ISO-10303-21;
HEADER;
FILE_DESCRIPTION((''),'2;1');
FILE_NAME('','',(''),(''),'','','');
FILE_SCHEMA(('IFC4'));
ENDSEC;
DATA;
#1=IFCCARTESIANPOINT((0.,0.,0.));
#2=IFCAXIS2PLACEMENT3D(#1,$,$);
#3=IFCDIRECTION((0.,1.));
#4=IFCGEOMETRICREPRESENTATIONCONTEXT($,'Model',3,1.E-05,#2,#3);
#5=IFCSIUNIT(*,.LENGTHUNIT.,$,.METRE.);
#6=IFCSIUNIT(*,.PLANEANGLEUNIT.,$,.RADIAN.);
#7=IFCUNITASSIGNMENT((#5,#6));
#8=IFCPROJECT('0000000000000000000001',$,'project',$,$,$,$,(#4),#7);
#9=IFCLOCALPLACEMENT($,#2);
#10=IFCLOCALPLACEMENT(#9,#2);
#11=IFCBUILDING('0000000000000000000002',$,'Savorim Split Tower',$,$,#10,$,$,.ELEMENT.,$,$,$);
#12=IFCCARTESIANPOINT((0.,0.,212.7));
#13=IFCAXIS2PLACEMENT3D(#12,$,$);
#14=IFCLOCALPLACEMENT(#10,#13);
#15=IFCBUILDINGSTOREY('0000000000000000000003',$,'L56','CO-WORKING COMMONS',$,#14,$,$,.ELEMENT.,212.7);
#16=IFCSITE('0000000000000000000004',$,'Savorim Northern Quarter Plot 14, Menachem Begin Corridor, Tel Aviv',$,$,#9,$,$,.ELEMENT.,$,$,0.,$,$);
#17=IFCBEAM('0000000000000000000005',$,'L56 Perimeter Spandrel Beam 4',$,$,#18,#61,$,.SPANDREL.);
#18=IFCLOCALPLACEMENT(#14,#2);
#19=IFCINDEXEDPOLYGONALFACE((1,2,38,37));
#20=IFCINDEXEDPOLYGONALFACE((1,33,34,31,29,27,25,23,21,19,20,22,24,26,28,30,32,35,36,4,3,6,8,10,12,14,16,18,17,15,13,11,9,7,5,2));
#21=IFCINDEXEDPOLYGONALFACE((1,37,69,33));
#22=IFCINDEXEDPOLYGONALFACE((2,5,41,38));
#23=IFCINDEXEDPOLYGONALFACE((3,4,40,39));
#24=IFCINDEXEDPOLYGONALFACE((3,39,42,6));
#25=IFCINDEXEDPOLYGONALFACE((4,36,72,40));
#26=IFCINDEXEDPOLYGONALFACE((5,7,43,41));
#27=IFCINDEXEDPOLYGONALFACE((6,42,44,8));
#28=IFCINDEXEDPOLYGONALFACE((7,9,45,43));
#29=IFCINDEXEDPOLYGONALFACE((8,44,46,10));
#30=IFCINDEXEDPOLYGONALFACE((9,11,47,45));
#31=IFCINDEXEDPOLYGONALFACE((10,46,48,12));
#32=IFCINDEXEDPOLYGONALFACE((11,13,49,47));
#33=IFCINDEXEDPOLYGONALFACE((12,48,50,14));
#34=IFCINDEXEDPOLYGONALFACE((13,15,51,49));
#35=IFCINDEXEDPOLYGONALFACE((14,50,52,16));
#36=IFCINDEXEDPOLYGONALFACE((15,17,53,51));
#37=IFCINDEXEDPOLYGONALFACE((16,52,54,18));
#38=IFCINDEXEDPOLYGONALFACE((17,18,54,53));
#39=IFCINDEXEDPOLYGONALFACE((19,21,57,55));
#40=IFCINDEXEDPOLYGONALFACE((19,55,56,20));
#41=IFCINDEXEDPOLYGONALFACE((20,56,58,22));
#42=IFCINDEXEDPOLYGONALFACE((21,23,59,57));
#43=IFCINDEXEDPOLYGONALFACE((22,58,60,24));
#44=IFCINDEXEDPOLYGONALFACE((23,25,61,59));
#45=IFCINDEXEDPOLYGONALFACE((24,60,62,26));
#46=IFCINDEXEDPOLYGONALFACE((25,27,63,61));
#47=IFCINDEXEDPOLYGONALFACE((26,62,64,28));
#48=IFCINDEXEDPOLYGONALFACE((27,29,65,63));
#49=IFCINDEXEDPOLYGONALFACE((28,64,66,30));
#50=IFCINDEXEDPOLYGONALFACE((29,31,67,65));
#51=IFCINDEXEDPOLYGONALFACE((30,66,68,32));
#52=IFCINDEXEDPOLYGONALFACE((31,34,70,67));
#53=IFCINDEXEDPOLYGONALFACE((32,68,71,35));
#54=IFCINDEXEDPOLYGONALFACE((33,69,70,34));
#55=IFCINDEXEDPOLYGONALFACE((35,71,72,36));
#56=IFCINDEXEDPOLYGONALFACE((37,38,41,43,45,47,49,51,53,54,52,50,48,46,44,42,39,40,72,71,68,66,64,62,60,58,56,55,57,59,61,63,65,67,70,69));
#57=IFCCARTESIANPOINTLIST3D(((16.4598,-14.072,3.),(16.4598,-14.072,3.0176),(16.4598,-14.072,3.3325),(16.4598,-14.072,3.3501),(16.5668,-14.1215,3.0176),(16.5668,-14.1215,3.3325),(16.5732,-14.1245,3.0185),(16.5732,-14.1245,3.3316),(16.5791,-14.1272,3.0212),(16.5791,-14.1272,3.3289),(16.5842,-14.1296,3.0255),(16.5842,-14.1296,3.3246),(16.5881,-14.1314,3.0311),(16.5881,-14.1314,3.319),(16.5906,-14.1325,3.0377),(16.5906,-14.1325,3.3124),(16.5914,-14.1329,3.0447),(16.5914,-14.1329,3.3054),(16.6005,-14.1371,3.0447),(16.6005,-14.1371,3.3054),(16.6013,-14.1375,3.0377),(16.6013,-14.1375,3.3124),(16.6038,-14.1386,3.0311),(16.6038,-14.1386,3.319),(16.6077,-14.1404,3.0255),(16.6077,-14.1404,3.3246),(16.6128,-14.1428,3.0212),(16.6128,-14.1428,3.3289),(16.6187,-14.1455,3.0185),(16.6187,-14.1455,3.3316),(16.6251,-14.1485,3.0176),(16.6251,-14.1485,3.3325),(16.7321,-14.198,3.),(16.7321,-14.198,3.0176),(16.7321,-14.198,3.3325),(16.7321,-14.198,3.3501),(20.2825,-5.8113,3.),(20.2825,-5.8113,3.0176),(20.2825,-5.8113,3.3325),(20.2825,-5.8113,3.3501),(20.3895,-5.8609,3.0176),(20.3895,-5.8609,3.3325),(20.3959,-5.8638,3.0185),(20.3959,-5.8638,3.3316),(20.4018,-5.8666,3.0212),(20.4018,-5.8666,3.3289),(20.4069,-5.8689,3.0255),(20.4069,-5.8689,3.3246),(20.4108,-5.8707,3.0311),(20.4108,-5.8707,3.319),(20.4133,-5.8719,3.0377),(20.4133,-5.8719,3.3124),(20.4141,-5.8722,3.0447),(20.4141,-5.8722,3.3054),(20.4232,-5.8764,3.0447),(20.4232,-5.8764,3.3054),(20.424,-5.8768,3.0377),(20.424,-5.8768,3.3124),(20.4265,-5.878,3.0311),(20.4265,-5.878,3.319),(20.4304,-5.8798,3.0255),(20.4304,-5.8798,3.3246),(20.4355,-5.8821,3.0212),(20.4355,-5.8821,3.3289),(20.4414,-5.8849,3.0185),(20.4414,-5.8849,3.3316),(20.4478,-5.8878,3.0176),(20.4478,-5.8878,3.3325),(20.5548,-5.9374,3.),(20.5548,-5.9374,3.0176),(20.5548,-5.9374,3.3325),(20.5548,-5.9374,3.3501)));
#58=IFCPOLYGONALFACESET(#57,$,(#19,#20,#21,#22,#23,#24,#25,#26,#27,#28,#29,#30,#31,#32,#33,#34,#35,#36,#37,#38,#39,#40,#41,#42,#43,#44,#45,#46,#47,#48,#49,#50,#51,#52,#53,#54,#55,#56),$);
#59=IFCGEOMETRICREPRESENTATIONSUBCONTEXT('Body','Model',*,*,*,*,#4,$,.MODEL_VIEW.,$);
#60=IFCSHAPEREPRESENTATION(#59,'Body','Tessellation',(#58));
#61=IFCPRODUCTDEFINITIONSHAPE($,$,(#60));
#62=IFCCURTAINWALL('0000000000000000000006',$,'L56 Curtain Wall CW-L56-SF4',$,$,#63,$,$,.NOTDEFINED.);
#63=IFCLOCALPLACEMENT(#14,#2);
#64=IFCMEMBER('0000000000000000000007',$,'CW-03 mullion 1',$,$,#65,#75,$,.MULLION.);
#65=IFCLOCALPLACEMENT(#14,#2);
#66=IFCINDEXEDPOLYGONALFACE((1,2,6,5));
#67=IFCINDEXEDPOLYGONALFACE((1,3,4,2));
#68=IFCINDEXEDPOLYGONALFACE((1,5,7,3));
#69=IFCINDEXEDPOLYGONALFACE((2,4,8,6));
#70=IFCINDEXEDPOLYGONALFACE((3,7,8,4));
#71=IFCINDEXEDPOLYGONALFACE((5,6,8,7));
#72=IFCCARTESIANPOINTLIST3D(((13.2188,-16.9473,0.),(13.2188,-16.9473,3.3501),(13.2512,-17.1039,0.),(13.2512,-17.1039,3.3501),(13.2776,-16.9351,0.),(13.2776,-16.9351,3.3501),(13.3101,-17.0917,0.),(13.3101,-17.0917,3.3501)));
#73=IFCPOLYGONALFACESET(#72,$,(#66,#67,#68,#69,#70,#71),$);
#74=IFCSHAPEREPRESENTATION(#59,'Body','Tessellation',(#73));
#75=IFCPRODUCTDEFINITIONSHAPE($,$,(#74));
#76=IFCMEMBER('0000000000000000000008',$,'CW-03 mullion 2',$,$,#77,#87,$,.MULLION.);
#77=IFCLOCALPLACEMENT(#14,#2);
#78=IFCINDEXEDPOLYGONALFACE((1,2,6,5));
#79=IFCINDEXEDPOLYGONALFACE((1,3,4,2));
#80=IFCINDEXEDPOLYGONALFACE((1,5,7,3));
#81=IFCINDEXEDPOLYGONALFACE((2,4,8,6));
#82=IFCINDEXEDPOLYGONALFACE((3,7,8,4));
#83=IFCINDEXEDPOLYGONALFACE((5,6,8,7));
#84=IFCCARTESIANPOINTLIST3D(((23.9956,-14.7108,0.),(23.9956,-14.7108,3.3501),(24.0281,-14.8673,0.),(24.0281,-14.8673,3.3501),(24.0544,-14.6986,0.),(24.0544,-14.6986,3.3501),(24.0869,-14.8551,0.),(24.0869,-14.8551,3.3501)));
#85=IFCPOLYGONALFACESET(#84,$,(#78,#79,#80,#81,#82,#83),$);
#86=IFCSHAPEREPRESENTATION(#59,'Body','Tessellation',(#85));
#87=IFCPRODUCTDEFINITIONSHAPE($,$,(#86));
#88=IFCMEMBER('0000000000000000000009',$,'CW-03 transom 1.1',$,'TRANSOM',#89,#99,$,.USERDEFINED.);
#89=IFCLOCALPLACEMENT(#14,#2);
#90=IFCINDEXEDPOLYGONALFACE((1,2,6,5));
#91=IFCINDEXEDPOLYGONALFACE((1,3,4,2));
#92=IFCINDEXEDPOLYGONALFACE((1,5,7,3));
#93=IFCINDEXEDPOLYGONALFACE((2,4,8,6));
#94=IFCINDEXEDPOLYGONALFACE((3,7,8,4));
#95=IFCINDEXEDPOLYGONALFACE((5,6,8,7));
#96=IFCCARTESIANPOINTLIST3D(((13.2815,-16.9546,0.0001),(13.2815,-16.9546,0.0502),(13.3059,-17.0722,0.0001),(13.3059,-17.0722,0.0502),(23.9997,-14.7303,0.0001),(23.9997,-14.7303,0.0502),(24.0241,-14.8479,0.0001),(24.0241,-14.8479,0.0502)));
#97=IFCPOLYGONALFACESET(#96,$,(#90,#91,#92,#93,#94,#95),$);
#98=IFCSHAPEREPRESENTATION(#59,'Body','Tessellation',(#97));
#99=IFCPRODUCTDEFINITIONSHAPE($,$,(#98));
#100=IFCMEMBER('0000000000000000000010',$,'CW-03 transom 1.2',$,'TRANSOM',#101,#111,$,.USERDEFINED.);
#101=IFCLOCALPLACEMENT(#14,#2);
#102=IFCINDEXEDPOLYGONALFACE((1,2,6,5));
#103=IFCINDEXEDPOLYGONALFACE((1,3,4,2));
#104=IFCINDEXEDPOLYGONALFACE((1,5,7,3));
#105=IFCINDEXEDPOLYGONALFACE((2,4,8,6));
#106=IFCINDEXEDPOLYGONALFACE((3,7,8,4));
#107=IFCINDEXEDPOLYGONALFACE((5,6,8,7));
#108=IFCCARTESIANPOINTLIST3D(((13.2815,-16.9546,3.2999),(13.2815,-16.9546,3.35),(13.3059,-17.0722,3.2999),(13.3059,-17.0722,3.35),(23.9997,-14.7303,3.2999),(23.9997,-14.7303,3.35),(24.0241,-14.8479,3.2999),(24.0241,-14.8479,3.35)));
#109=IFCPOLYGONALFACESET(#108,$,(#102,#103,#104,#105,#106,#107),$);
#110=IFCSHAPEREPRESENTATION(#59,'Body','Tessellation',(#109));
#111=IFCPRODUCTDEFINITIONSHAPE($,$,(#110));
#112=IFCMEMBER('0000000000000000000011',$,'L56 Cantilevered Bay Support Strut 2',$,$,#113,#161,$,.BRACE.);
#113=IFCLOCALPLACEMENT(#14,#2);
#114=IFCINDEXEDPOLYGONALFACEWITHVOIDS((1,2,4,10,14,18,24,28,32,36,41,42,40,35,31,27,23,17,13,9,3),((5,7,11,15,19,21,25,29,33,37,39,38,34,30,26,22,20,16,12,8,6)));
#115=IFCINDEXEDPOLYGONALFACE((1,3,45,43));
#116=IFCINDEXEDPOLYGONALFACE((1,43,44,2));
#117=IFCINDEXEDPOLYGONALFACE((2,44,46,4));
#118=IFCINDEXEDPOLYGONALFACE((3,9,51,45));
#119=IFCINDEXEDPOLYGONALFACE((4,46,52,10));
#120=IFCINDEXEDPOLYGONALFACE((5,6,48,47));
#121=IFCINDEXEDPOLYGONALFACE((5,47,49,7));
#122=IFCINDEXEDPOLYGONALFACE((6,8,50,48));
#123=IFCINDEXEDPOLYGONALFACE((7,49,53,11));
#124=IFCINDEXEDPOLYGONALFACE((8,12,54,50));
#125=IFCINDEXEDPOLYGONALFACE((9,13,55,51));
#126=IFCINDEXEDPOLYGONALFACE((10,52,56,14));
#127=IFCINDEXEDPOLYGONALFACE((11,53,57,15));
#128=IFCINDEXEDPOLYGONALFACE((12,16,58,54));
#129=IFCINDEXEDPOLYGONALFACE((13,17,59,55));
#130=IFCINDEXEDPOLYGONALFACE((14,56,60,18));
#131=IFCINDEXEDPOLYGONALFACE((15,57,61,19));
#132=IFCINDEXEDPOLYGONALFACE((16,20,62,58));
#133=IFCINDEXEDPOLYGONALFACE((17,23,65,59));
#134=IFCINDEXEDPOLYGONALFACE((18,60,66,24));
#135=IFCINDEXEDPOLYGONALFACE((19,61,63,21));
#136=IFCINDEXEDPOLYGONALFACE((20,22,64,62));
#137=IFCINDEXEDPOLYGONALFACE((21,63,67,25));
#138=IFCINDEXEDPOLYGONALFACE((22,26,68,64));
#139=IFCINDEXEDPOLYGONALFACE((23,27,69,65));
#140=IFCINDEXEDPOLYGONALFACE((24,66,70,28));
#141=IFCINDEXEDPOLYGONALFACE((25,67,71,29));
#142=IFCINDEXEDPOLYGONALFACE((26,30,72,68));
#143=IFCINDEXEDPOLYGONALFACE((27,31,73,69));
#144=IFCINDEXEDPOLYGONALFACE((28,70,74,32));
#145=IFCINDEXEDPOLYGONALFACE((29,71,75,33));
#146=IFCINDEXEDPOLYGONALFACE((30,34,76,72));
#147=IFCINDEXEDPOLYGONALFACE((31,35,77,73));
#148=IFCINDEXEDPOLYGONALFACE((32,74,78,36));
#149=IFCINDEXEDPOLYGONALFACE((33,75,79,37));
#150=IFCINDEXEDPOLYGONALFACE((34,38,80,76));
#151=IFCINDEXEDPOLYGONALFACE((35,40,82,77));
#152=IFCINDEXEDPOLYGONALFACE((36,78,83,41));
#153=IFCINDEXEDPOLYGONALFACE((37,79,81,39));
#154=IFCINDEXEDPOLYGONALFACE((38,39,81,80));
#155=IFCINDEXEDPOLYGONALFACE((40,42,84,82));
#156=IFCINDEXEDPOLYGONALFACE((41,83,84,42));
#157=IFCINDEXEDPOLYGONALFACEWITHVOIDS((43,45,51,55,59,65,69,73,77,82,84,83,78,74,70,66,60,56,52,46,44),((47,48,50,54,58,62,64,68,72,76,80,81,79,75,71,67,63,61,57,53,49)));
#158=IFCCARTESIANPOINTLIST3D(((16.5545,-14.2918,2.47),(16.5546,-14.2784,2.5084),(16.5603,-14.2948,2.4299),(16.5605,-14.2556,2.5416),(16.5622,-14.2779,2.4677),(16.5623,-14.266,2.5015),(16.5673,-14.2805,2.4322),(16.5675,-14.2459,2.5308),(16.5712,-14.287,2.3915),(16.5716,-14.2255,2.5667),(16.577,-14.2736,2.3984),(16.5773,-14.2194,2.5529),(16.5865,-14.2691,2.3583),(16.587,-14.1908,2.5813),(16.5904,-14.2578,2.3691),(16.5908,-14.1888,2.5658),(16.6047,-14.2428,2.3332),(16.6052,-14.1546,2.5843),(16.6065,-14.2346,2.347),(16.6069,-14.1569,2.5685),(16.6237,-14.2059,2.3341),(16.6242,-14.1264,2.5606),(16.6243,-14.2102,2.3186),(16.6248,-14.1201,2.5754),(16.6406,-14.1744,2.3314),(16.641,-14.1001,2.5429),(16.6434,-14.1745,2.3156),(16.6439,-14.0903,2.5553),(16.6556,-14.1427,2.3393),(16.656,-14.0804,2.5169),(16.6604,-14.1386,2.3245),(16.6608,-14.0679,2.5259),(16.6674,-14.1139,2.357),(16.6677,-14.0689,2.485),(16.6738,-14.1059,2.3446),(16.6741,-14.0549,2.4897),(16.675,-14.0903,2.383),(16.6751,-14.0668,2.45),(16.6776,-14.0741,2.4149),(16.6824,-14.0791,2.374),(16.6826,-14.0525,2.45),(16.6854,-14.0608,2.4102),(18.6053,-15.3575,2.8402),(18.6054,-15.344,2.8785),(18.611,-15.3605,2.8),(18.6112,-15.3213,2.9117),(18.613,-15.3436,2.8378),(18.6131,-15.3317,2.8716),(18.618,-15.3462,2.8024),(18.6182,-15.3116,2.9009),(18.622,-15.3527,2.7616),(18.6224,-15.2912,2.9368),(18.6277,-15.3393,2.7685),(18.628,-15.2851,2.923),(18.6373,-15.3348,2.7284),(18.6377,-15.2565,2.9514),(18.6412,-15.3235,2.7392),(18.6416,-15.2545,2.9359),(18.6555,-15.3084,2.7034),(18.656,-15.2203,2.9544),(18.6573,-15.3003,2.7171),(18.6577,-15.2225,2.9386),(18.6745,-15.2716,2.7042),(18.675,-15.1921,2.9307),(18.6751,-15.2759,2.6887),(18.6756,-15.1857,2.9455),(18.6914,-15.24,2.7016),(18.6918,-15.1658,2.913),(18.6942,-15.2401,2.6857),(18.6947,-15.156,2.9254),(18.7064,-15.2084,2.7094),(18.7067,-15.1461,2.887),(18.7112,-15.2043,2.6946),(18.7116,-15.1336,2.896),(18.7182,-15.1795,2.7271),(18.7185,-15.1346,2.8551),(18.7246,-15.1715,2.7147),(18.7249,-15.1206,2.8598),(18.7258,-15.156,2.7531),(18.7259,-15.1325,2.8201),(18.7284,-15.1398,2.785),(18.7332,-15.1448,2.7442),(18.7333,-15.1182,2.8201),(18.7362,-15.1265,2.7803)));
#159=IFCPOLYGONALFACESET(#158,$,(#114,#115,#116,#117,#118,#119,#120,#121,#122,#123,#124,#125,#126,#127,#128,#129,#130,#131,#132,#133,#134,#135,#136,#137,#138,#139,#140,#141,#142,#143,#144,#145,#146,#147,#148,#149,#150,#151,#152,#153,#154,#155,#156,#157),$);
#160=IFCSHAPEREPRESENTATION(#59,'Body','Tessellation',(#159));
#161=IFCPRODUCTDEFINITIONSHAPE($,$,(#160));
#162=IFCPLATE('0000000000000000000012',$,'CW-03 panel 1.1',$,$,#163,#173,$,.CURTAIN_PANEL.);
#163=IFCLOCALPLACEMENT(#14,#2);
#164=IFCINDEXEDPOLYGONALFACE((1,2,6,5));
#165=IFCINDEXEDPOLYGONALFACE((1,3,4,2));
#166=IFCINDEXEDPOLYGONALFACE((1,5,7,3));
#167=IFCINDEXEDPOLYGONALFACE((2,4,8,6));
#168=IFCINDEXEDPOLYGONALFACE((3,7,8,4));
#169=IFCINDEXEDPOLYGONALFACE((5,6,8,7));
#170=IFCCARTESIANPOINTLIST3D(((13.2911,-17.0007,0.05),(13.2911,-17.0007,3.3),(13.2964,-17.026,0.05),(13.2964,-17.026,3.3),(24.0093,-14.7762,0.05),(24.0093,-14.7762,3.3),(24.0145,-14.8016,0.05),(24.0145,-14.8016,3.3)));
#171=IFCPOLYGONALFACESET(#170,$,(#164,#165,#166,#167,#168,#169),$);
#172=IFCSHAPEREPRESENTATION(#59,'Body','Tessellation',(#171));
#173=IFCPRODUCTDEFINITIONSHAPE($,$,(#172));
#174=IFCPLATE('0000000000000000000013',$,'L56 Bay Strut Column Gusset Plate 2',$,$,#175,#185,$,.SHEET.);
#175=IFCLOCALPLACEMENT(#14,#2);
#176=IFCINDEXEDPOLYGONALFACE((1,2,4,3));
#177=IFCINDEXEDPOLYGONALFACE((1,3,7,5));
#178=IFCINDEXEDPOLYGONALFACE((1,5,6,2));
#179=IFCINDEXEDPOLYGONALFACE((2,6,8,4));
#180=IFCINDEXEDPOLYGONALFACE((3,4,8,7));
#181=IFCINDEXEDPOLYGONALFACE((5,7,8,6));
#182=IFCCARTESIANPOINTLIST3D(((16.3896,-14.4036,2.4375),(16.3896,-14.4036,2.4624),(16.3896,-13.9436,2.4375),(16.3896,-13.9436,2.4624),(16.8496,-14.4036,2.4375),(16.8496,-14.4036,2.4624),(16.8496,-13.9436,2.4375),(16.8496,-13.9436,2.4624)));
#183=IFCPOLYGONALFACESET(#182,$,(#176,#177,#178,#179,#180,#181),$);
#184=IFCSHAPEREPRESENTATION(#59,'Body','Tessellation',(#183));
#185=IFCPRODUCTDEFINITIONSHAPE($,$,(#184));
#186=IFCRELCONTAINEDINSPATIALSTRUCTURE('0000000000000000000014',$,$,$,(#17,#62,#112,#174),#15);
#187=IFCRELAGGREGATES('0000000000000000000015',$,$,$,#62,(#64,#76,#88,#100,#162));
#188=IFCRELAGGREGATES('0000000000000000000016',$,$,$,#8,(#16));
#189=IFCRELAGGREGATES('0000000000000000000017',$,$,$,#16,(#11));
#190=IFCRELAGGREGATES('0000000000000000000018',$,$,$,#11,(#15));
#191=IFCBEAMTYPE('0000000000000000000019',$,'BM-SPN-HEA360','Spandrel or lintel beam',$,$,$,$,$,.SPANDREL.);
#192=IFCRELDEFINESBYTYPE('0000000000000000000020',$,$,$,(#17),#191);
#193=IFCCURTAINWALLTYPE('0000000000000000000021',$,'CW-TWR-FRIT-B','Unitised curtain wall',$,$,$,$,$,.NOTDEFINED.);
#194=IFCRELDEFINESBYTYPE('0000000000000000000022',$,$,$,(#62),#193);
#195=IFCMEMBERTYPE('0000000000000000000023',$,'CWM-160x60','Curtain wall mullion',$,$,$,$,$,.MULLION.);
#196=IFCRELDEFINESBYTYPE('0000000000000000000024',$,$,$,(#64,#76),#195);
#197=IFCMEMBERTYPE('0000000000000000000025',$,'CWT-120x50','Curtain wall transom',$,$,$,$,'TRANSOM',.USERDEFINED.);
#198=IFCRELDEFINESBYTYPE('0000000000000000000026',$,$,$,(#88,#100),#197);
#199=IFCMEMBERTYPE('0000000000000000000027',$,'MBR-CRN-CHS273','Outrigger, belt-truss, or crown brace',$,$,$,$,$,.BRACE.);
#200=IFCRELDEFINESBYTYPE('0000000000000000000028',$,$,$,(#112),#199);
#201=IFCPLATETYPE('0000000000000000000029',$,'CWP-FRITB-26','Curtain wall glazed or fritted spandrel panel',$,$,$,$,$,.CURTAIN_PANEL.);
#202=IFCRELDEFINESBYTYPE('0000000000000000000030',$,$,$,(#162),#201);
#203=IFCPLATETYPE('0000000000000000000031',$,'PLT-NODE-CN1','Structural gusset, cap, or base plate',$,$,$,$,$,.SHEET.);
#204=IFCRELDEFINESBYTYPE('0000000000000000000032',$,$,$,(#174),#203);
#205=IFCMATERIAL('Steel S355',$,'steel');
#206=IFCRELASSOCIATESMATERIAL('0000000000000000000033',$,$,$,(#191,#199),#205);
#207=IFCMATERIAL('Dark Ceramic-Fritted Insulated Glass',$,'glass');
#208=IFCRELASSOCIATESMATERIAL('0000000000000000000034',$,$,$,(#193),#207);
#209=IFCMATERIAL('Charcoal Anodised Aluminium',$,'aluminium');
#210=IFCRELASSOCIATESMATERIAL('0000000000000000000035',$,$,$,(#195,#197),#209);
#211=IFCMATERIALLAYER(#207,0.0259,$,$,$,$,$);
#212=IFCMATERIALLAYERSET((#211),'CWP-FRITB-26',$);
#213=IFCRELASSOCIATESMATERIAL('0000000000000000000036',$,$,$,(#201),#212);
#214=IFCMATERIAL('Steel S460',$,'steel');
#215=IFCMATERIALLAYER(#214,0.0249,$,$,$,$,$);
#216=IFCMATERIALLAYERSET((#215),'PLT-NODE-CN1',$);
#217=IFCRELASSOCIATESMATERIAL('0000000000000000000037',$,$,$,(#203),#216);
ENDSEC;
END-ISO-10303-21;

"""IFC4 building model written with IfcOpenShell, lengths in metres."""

from ifc_helpers import new_model, si_unit, direction, frame, origin, origin_2d, place, context, subcontext, project, spatial, rectangle, hollow_circle, i_section, extrude, material, layer, layer_set, material_profile, profile_set, type_object, element, aggregate, save


model = new_model("IFC4")

# Units and contexts
model_context = context("Model", 3, precision=1e-05, world=origin(), true_north=direction((0.0, 1.0)))
body_context = subcontext(model_context, "Body", "Model", "MODEL_VIEW")
ifc_project = project(units=[si_unit("LENGTHUNIT", "METRE"), si_unit("PLANEANGLEUNIT", "RADIAN")], contexts=[model_context])

# Site, building, storey
site_placement = place(None, origin())
site = spatial("IfcSite", under=ifc_project, at=site_placement, Name="Savorim Northern Quarter Plot 14, Menachem Begin Corridor, Tel Aviv", CompositionType="ELEMENT", RefElevation=0.0)
building_placement = place(site_placement, origin())
building = spatial("IfcBuilding", under=site, at=building_placement, Name="Savorim Split Tower", CompositionType="ELEMENT")
storey_placement = place(building_placement, frame((0.0, 0.0, 212.7)))
storey = spatial("IfcBuildingStorey", under=building, at=storey_placement, Name="L56", Description="CO-WORKING COMMONS", CompositionType="ELEMENT", Elevation=212.7)

# Shared definitions
ifc_material_1 = material(Name="Steel S355", Category="steel")

# Beam
ifc_material_profile_1 = material_profile(ifc_material_1, i_section(OverallWidth=0.3, OverallDepth=0.3501, WebThickness=0.01, FlangeThickness=0.0176, FilletRadius=0.0271, at=origin_2d()), Name="HEA 360")
ifc_profile_set_1 = profile_set([ifc_material_profile_1], Name="Steel S355")
beam_type_1 = type_object("IfcBeamType", Name="BM-SPN-HEA360", Description="Spandrel or lintel beam", PredefinedType="SPANDREL", material=ifc_profile_set_1)
beam_1_placement = place(storey_placement, frame((16.5959, -14.135, 3.175), z_axis=(0.419973, 0.907537, 0.0), x_axis=(-0.907537, 0.419973, 0.0)))
element("IfcBeam", 1, at=beam_1_placement, inside=storey, type_object=beam_type_1, Name="L56 Perimeter Spandrel Beam 4", PredefinedType="SPANDREL", context=body_context, shape_type="SweptSolid", body=[
    extrude(i_section(OverallWidth=0.3, OverallDepth=0.3501, WebThickness=0.01, FlangeThickness=0.0176, FilletRadius=0.0271, at=origin_2d()), origin(), (0.0, 0.0, 1.0), 9.1023),
])

# Curtain wall, members
ifc_material_2 = material(Name="Dark Ceramic-Fritted Insulated Glass", Category="glass")
curtain_wall_type = type_object("IfcCurtainWallType", Name="CW-TWR-FRIT-B", Description="Unitised curtain wall", PredefinedType="NOTDEFINED", material=ifc_material_2)
curtain_wall_placement = place(storey_placement, origin())
curtain_wall = element("IfcCurtainWall", 2, at=curtain_wall_placement, inside=storey, type_object=curtain_wall_type, Name="L56 Curtain Wall CW-L56-SF4", PredefinedType="NOTDEFINED")
ifc_material_3 = material(Name="Charcoal Anodised Aluminium", Category="aluminium")
ifc_material_profile_2 = material_profile(ifc_material_3, rectangle(XDim=0.1599, YDim=0.0601, at=origin_2d()), Name="ALU-M 160x60")
ifc_profile_set_2 = profile_set([ifc_material_profile_2], Name="Charcoal Anodised Aluminium")
member_type_1 = type_object("IfcMemberType", Name="CWM-160x60", Description="Curtain wall mullion", PredefinedType="MULLION", material=ifc_profile_set_2)
member_1_placement = place(storey_placement, frame((13.2644, -17.0195, 0.0), z_axis=(0.0, 0.0, 1.0), x_axis=(-0.203208, 0.979136, 0.0)))
member_1 = element("IfcMember", 3, at=member_1_placement, type_object=member_type_1, Name="CW-03 mullion 1", PredefinedType="MULLION", context=body_context, shape_type="SweptSolid", body=[
    extrude(rectangle(XDim=0.1599, YDim=0.0601, at=origin_2d()), origin(), (0.0, 0.0, 1.0), 3.3501),
])
member_2_placement = place(storey_placement, frame((24.0413, -14.783, 0.0), z_axis=(0.0, 0.0, 1.0), x_axis=(-0.203208, 0.979136, 0.0)))
member_2 = element("IfcMember", 4, at=member_2_placement, type_object=member_type_1, Name="CW-03 mullion 2", PredefinedType="MULLION", context=body_context, shape_type="SweptSolid", body=[
    extrude(rectangle(XDim=0.1599, YDim=0.0601, at=origin_2d()), origin(), (0.0, 0.0, 1.0), 3.3501),
])
ifc_material_profile_3 = material_profile(ifc_material_3, rectangle(XDim=0.1201, YDim=0.05, at=origin_2d()), Name="ALU-T 120x50")
ifc_profile_set_3 = profile_set([ifc_material_profile_3], Name="Charcoal Anodised Aluminium")
member_type_2 = type_object("IfcMemberType", Name="CWT-120x50", Description="Curtain wall transom", ElementType="TRANSOM", PredefinedType="USERDEFINED", material=ifc_profile_set_3)
member_3_placement = place(storey_placement, frame((13.2937, -17.0134, 0.0251), z_axis=(0.979137, 0.203201, 0.0), x_axis=(-0.203201, 0.979137, 0.0)))
member_3 = element("IfcMember", 5, at=member_3_placement, type_object=member_type_2, Name="CW-03 transom 1.1", ObjectType="TRANSOM", PredefinedType="USERDEFINED", context=body_context, shape_type="SweptSolid", body=[
    extrude(rectangle(XDim=0.1201, YDim=0.05, at=origin_2d()), origin(), (0.0, 0.0, 1.0), 10.9465),
])
member_4_placement = place(storey_placement, frame((13.2937, -17.0134, 3.325), z_axis=(0.979137, 0.203201, 0.0), x_axis=(-0.203201, 0.979137, 0.0)))
member_4 = element("IfcMember", 6, at=member_4_placement, type_object=member_type_2, Name="CW-03 transom 1.2", ObjectType="TRANSOM", PredefinedType="USERDEFINED", context=body_context, shape_type="SweptSolid", body=[
    extrude(rectangle(XDim=0.1201, YDim=0.05, at=origin_2d()), origin(), (0.0, 0.0, 1.0), 10.9465),
])

# Member
ifc_material_profile_4 = material_profile(ifc_material_1, hollow_circle(Radius=0.1365, WallThickness=0.0161, at=origin_2d()), Name="CHS 273x16")
ifc_profile_set_4 = profile_set([ifc_material_profile_4], Name="Steel S355")
member_type_3 = type_object("IfcMemberType", Name="MBR-CRN-CHS273", Description="Outrigger, belt-truss, or crown brace", PredefinedType="BRACE", material=ifc_profile_set_4)
member_5_placement = place(storey_placement, frame((16.6196, -14.1736, 2.45), z_axis=(0.876182, -0.455302, 0.15813), x_axis=(0.461103, 0.887346, 0.0)))
element("IfcMember", 7, at=member_5_placement, inside=storey, type_object=member_type_3, Name="L56 Cantilevered Bay Support Strut 2", PredefinedType="BRACE", context=body_context, shape_type="SweptSolid", body=[
    extrude(hollow_circle(Radius=0.1365, WallThickness=0.0161, at=origin_2d()), origin(), (0.0, 0.0, 1.0), 2.3406),
])

# Plate
ifc_layer_1 = layer(ifc_material_2, 0.0259)
ifc_layer_set_1 = layer_set([ifc_layer_1], Name="CWP-FRITB-26")
plate_type_1 = type_object("IfcPlateType", Name="CWP-FRITB-26", Description="Curtain wall glazed or fritted spandrel panel", PredefinedType="CURTAIN_PANEL", material=ifc_layer_set_1)
plate_placement = place(storey_placement, frame((18.6528, -15.9011, 0.05), z_axis=(0.0, 0.0, 1.0), x_axis=(0.979136, 0.203208, 0.0)))
plate = element("IfcPlate", 8, at=plate_placement, type_object=plate_type_1, Name="CW-03 panel 1.1", PredefinedType="CURTAIN_PANEL", context=body_context, shape_type="SweptSolid", body=[
    extrude(rectangle(XDim=10.9465, YDim=0.0259, at=origin_2d()), origin(), (0.0, 0.0, 1.0), 3.25),
])
aggregate(curtain_wall, [member_1, member_2, member_3, member_4, plate])

# Plate
ifc_material_4 = material(Name="Steel S460", Category="steel")
ifc_layer_2 = layer(ifc_material_4, 0.0249)
ifc_layer_set_2 = layer_set([ifc_layer_2], Name="PLT-NODE-CN1")
plate_type_2 = type_object("IfcPlateType", Name="PLT-NODE-CN1", Description="Structural gusset, cap, or base plate", PredefinedType="SHEET", material=ifc_layer_set_2)
for number, where, z_axis, x_axis, name in (
    (9, (16.6196, -14.1736, 2.4375), (0.0, 0.0, 1.0), (1.0, 0.0, 0.0), "L56 Bay Strut Column Gusset Plate 2"),
):
    element("IfcPlate", number, at=place(storey_placement, frame(where, z_axis=z_axis, x_axis=x_axis)), inside=storey, type_object=plate_type_2, Name=name, PredefinedType="SHEET", context=body_context, shape_type="SweptSolid", body=[
        extrude(rectangle(XDim=0.46, YDim=0.46, at=origin_2d()), origin(), (0.0, 0.0, 1.0), 0.0249),
    ])

save(model, "model.ifc")
